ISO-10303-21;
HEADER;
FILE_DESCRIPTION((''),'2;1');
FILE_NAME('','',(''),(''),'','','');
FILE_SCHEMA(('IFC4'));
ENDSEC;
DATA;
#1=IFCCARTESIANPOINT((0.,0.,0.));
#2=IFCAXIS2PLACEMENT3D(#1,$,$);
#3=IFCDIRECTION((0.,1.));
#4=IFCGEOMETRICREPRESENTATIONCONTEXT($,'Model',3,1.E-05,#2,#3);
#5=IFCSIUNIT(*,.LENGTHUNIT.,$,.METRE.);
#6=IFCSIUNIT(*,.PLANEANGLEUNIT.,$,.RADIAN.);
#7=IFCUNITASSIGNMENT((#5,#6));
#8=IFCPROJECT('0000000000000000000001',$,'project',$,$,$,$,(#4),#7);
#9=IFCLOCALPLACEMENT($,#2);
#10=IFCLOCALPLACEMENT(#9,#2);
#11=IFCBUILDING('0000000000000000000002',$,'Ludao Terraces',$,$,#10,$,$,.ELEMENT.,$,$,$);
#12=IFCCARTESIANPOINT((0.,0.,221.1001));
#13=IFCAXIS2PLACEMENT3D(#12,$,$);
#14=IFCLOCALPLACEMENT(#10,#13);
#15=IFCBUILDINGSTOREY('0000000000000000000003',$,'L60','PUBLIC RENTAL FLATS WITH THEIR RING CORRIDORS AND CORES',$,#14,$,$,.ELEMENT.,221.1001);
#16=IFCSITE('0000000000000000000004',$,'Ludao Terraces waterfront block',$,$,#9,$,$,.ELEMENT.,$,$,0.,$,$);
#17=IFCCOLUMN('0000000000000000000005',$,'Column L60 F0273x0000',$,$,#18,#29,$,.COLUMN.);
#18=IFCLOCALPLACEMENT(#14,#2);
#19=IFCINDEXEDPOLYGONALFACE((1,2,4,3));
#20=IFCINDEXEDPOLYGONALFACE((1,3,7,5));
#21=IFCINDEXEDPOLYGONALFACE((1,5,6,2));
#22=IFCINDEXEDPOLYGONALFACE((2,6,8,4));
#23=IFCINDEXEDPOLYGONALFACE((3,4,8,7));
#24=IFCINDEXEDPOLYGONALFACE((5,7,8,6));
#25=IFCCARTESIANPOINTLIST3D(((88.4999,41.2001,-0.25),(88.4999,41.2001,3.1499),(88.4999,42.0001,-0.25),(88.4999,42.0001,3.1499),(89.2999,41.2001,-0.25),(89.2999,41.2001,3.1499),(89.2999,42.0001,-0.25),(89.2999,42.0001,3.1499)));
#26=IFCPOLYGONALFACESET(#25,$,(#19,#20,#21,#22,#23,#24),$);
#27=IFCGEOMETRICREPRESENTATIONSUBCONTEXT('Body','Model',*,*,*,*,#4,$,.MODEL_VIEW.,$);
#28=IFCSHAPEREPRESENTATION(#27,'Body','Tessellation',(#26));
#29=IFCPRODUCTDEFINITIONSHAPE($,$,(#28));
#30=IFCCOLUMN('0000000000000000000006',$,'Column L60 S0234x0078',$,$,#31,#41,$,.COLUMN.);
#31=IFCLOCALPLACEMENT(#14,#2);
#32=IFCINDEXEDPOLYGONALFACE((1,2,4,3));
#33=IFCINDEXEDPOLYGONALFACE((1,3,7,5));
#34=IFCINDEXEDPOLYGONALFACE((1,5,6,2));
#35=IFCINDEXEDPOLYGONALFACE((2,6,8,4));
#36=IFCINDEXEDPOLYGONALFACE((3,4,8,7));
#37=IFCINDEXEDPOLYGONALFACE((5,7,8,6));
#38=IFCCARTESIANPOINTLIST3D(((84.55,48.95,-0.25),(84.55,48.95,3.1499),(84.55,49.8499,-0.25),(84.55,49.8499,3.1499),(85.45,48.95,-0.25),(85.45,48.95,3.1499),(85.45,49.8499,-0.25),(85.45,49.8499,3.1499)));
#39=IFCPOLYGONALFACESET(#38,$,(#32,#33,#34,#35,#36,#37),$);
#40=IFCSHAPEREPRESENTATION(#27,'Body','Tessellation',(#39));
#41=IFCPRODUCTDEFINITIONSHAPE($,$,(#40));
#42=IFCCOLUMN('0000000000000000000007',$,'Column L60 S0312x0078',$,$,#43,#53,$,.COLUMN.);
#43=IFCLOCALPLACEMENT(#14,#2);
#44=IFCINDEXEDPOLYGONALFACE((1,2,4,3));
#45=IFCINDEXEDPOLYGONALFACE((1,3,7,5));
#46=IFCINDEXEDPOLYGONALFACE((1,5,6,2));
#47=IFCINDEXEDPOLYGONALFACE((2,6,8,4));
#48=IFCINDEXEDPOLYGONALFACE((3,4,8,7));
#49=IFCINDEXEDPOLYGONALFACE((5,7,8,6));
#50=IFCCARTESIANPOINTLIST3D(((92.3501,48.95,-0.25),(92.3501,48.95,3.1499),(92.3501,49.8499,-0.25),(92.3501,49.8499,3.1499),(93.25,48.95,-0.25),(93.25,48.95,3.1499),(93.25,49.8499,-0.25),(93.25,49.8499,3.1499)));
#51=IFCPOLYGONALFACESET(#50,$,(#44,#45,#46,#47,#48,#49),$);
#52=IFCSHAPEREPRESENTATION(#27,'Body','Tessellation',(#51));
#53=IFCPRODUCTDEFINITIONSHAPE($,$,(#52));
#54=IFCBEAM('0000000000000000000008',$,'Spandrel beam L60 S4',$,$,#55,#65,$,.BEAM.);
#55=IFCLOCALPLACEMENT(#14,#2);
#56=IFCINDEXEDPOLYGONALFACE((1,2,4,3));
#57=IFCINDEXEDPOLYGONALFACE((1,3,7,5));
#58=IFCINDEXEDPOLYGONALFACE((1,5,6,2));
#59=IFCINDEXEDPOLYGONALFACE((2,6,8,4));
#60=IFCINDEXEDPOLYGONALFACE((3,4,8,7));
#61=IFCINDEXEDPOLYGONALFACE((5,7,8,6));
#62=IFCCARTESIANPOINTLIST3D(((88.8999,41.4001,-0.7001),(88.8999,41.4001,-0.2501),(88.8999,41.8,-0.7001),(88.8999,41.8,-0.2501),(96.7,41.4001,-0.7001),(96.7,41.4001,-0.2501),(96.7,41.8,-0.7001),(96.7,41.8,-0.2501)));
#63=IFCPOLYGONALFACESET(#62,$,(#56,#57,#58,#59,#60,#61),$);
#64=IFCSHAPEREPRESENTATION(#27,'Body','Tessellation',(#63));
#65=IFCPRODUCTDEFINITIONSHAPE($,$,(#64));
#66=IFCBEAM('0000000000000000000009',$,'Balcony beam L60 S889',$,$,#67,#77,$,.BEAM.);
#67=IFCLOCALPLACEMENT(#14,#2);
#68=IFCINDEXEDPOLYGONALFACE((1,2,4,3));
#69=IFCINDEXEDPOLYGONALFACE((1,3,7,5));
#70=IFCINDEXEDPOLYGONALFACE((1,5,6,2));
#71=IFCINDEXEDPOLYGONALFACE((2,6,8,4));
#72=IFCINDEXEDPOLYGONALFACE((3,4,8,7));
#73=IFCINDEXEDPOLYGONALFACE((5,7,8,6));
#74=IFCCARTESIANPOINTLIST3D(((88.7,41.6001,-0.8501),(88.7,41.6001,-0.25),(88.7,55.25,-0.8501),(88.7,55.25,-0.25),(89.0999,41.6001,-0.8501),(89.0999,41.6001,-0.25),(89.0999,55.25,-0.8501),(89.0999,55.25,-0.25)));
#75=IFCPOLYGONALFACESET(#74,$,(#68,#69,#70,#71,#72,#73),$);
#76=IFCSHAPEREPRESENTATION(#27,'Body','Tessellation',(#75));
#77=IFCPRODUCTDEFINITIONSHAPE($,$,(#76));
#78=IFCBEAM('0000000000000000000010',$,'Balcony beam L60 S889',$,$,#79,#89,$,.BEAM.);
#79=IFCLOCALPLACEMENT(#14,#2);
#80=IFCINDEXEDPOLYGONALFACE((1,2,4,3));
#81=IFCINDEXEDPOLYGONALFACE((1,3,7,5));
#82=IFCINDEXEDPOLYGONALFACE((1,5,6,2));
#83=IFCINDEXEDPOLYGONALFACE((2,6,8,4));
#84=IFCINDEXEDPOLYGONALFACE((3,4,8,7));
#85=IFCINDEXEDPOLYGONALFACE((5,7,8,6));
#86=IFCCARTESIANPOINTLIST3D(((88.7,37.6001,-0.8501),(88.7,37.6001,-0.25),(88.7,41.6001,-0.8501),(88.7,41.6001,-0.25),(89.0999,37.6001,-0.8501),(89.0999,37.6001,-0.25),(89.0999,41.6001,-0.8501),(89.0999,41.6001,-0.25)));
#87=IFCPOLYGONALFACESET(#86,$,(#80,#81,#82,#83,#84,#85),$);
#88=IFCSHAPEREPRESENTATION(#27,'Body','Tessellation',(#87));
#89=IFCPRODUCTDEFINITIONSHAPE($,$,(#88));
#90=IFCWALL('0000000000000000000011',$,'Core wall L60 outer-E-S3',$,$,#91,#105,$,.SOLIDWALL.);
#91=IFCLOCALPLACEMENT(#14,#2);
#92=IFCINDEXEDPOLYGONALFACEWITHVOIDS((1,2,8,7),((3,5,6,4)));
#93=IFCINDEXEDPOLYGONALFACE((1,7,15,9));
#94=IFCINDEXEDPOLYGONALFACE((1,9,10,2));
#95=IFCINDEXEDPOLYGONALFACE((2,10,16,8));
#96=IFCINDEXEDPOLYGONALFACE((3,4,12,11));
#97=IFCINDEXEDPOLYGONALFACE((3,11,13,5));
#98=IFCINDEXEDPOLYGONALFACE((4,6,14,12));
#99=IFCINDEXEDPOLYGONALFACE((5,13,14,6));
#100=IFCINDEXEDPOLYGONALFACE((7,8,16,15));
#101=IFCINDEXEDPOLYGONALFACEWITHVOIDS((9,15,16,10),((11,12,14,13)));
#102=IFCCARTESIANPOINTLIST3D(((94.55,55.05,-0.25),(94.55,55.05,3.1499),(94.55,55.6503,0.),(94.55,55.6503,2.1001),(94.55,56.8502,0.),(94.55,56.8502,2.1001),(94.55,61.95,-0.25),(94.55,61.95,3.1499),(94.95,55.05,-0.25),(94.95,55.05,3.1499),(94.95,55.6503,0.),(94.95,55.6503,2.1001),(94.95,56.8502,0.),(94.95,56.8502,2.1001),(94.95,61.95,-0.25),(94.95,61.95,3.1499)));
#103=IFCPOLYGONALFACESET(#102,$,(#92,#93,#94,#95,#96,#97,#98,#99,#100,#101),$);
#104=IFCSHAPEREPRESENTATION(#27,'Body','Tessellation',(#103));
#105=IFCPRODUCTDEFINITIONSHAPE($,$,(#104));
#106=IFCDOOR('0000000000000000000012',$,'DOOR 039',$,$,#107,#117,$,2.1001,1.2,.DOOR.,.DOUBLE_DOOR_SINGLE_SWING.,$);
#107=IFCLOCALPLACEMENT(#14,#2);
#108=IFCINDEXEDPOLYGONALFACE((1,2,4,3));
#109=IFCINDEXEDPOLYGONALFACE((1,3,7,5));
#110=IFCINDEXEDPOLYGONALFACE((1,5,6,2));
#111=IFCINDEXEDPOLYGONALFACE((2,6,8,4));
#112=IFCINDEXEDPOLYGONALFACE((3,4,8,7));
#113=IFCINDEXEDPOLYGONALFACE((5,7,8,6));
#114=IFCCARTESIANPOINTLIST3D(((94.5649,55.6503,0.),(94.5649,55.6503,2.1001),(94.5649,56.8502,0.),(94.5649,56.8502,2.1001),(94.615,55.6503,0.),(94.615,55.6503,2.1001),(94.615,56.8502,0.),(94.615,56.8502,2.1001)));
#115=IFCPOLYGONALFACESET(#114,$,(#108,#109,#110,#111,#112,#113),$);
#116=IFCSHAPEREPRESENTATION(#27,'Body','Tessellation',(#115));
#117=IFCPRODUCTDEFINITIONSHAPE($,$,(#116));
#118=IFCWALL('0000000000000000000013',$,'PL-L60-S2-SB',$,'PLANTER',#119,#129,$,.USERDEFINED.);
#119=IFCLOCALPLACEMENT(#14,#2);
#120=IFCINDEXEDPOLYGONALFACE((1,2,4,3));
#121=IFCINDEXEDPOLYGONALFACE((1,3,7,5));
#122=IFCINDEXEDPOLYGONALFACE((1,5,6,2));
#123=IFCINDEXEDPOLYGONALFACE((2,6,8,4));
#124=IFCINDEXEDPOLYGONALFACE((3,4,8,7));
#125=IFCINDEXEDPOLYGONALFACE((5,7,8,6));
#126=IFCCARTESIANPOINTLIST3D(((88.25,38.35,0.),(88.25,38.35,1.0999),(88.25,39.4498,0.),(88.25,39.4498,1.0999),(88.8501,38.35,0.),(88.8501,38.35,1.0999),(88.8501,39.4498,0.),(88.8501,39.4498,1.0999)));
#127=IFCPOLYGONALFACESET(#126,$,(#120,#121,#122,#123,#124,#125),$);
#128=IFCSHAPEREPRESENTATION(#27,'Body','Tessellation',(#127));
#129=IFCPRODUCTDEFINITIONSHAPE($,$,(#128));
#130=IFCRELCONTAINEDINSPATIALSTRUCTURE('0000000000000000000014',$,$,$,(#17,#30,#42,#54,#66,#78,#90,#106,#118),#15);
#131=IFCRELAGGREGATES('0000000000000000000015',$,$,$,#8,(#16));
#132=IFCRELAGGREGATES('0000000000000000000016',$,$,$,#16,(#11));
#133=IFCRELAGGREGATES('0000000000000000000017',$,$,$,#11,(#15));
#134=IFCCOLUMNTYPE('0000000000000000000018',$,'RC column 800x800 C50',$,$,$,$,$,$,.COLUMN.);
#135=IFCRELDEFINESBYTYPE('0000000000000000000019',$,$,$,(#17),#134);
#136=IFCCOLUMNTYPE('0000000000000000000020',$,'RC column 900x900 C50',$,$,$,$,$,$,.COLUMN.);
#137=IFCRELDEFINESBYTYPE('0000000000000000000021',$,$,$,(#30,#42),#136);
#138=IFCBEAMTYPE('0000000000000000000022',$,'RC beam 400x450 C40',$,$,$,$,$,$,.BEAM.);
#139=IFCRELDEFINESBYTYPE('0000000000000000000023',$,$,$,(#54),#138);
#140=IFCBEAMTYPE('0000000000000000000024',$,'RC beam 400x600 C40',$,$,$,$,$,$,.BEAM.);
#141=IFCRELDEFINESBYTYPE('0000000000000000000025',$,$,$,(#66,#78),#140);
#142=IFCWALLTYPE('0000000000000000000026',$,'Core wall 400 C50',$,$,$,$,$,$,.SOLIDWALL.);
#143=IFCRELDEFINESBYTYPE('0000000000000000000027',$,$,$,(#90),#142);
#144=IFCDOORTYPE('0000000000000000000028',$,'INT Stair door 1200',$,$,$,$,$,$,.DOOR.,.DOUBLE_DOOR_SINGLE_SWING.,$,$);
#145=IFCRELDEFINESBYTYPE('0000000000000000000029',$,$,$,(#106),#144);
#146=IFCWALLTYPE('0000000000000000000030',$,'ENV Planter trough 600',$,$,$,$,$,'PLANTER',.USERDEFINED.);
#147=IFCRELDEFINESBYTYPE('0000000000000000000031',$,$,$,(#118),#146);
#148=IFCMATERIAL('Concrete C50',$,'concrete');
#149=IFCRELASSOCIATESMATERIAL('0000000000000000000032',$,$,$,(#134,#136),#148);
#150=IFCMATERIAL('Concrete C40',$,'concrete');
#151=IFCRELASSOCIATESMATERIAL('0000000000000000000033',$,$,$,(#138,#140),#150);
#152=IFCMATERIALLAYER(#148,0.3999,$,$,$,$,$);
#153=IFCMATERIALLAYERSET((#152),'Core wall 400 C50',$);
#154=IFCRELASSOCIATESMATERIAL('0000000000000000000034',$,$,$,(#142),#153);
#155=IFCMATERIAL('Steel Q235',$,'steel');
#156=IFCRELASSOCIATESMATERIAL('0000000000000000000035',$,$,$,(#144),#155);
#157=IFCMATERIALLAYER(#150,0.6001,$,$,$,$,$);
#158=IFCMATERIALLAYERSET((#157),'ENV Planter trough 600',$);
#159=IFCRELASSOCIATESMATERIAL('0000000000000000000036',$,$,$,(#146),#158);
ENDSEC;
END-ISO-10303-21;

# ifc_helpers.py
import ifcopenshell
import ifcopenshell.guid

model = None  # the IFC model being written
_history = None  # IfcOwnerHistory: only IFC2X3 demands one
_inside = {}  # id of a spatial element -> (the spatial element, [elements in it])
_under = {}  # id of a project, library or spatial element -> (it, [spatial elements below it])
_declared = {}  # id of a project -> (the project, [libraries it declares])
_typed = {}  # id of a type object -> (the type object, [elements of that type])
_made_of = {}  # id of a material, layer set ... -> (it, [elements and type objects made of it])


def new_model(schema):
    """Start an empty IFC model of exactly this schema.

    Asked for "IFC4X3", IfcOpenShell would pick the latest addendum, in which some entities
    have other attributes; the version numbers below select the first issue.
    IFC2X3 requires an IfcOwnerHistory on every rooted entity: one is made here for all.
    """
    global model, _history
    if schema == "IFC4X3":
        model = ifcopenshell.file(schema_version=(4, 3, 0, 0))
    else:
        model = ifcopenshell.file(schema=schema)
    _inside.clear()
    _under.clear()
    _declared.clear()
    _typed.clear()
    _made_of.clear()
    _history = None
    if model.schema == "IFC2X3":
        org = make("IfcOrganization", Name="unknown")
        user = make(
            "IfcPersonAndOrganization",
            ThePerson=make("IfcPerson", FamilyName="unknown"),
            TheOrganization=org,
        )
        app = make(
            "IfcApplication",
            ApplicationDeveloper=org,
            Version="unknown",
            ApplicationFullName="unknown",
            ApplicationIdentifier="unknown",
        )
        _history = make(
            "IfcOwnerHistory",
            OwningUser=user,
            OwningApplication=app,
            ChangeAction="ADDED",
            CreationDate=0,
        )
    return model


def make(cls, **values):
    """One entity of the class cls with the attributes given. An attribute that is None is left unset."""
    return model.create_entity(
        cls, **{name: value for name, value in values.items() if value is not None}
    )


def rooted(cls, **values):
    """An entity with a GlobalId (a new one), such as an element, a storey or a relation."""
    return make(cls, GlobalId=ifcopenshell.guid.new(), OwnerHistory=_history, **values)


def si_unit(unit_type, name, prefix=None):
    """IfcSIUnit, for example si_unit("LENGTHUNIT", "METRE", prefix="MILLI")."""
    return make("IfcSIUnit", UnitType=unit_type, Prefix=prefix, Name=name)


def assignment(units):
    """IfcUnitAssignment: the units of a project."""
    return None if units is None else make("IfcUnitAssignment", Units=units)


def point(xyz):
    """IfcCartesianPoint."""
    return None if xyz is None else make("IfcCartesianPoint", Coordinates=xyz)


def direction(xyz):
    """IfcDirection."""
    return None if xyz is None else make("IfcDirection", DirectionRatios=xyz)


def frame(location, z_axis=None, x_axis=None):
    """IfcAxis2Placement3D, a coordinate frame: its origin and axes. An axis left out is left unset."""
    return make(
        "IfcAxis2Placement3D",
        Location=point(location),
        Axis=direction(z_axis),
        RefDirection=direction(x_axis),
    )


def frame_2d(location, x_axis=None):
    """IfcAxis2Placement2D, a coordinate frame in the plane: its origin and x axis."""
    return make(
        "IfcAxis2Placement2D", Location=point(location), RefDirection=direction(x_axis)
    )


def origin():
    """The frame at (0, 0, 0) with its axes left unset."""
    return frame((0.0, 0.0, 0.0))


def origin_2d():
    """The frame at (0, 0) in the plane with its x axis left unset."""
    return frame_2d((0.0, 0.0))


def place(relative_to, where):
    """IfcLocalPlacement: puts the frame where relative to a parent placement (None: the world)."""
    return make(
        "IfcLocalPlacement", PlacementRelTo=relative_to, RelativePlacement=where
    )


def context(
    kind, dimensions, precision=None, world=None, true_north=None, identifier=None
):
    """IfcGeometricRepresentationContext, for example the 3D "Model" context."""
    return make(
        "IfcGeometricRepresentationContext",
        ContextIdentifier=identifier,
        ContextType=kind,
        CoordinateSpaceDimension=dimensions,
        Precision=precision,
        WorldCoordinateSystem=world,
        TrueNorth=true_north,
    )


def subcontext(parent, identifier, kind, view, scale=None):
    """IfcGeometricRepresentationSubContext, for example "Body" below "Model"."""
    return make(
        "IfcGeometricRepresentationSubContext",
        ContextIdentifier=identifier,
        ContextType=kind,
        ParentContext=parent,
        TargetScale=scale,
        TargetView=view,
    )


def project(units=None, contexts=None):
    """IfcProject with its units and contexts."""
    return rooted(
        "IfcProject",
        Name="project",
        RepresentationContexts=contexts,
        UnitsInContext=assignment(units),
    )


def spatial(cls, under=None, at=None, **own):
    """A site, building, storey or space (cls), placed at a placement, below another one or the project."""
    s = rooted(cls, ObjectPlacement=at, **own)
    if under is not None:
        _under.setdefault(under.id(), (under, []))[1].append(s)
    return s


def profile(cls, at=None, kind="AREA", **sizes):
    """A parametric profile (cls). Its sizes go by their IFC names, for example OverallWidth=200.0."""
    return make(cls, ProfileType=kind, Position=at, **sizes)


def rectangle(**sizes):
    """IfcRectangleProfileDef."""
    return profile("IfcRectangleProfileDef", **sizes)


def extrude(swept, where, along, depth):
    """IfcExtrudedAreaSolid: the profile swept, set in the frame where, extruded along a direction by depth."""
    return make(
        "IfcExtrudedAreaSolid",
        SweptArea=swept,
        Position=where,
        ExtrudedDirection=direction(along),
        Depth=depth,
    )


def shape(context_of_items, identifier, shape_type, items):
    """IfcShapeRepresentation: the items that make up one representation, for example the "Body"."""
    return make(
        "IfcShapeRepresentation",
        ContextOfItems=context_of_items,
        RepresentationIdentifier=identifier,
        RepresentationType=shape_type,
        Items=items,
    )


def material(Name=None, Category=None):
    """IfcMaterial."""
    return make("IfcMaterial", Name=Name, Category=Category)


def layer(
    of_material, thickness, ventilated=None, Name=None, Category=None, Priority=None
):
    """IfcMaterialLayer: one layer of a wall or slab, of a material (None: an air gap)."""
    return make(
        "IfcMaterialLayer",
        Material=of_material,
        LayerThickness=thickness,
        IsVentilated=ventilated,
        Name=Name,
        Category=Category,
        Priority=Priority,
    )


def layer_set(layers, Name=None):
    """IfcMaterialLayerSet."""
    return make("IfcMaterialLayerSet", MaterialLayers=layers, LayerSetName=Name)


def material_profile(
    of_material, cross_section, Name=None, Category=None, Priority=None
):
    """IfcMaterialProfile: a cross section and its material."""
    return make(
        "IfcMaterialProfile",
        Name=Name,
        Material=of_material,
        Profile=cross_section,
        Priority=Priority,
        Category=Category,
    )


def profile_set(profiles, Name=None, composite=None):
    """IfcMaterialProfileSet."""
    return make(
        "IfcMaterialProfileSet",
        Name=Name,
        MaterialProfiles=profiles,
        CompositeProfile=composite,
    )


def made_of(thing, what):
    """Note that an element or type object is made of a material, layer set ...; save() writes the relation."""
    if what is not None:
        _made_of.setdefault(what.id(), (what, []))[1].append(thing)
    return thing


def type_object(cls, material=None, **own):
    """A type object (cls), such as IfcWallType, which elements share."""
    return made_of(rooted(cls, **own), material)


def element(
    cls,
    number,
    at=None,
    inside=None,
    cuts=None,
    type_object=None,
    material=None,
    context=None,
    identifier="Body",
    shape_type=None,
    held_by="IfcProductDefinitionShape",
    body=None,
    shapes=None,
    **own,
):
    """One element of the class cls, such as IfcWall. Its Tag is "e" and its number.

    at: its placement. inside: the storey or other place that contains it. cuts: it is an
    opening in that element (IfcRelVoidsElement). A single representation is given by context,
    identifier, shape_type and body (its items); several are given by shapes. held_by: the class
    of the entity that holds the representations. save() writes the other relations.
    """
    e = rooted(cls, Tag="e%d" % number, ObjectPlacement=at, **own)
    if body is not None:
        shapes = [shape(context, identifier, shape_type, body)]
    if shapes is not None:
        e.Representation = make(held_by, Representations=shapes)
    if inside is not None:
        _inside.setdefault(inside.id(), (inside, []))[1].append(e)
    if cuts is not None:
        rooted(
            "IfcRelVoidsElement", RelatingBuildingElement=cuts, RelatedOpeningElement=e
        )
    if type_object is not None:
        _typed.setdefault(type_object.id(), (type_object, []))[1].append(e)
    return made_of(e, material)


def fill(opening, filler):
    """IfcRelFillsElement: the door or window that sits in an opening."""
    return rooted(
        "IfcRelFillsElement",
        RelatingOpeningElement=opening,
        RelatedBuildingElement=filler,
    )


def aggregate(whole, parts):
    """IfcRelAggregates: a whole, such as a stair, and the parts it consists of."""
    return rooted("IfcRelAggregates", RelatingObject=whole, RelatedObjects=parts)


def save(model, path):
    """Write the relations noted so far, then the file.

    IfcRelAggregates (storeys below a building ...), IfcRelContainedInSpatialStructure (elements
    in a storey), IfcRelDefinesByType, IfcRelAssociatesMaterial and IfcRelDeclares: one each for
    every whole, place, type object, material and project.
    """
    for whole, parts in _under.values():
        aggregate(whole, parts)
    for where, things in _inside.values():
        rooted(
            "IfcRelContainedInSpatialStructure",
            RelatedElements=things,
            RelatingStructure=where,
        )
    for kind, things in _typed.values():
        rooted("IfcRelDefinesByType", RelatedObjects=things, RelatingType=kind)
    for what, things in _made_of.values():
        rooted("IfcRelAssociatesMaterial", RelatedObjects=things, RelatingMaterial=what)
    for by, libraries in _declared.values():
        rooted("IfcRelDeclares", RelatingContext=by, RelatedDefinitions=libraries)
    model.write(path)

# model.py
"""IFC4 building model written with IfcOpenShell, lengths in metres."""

from ifc_helpers import new_model, si_unit, direction, frame, frame_2d, origin, origin_2d, place, context, subcontext, project, spatial, rectangle, extrude, material, layer, layer_set, material_profile, profile_set, type_object, element, fill, save


model = new_model("IFC4")

# Units and contexts
model_context = context("Model", 3, precision=1e-05, world=origin(), true_north=direction((0.0, 1.0)))
body_context = subcontext(model_context, "Body", "Model", "MODEL_VIEW")
ifc_project = project(units=[si_unit("LENGTHUNIT", "METRE"), si_unit("PLANEANGLEUNIT", "RADIAN")], contexts=[model_context])

# Site, building, storey
site_placement = place(None, origin())
site = spatial("IfcSite", under=ifc_project, at=site_placement, Name="Ludao Terraces waterfront block", CompositionType="ELEMENT", RefElevation=0.0)
building_placement = place(site_placement, origin())
building = spatial("IfcBuilding", under=site, at=building_placement, Name="Ludao Terraces", CompositionType="ELEMENT")
storey_placement = place(building_placement, frame((0.0, 0.0, 221.1001)))
storey = spatial("IfcBuildingStorey", under=building, at=storey_placement, Name="L60", Description="PUBLIC RENTAL FLATS WITH THEIR RING CORRIDORS AND CORES", CompositionType="ELEMENT", Elevation=221.1001)

# Columns
ifc_material_1 = material(Name="Concrete C50", Category="concrete")
ifc_material_profile_1 = material_profile(ifc_material_1, rectangle(XDim=0.8, YDim=0.8, at=origin_2d()), Name="800 X 800")
ifc_profile_set_1 = profile_set([ifc_material_profile_1], Name="Concrete C50")
column_type_1 = type_object("IfcColumnType", Name="RC column 800x800 C50", PredefinedType="COLUMN", material=ifc_profile_set_1)
column_placement = place(storey_placement, frame((88.8999, 41.6001, -0.25), z_axis=(0.0, 0.0, 1.0), x_axis=(1.0, 0.0, 0.0)))
element("IfcColumn", 1, at=column_placement, inside=storey, type_object=column_type_1, Name="Column L60 F0273x0000", PredefinedType="COLUMN", context=body_context, shape_type="SweptSolid", body=[
    extrude(rectangle(XDim=0.8, YDim=0.8, at=origin_2d()), origin(), (0.0, 0.0, 1.0), 3.3999),
])
ifc_material_profile_2 = material_profile(ifc_material_1, rectangle(XDim=0.8999, YDim=0.8999, at=origin_2d()), Name="900 X 900")
ifc_profile_set_2 = profile_set([ifc_material_profile_2], Name="Concrete C50")
column_type_2 = type_object("IfcColumnType", Name="RC column 900x900 C50", PredefinedType="COLUMN", material=ifc_profile_set_2)
for number, where, z_axis, x_axis, name in (
    (2, (85.0, 49.3999, -0.25), (0.0, 0.0, 1.0), (1.0, 0.0, 0.0), "Column L60 S0234x0078"),
    (3, (92.8, 49.3999, -0.25), (0.0, 0.0, 1.0), (1.0, 0.0, 0.0), "Column L60 S0312x0078"),
):
    element("IfcColumn", number, at=place(storey_placement, frame(where, z_axis=z_axis, x_axis=x_axis)), inside=storey, type_object=column_type_2, Name=name, PredefinedType="COLUMN", context=body_context, shape_type="SweptSolid", body=[
        extrude(rectangle(XDim=0.8999, YDim=0.8999, at=origin_2d()), origin(), (0.0, 0.0, 1.0), 3.3999),
    ])

# Beams
ifc_material_2 = material(Name="Concrete C40", Category="concrete")
ifc_material_profile_3 = material_profile(ifc_material_2, rectangle(XDim=0.3999, YDim=0.45, at=origin_2d()), Name="400 X 450")
ifc_profile_set_3 = profile_set([ifc_material_profile_3], Name="Concrete C40")
beam_type_1 = type_object("IfcBeamType", Name="RC beam 400x450 C40", PredefinedType="BEAM", material=ifc_profile_set_3)
beam_1_placement = place(storey_placement, frame((88.8999, 41.6001, -0.4751), z_axis=(1.0, 0.0, 0.0), x_axis=(0.0, 1.0, 0.0)))
element("IfcBeam", 4, at=beam_1_placement, inside=storey, type_object=beam_type_1, Name="Spandrel beam L60 S4", PredefinedType="BEAM", context=body_context, shape_type="SweptSolid", body=[
    extrude(rectangle(XDim=0.3999, YDim=0.45, at=origin_2d()), origin(), (0.0, 0.0, 1.0), 7.8),
])
ifc_material_profile_4 = material_profile(ifc_material_2, rectangle(XDim=0.3999, YDim=0.6001, at=origin_2d()), Name="400 X 600")
ifc_profile_set_4 = profile_set([ifc_material_profile_4], Name="Concrete C40")
beam_type_2 = type_object("IfcBeamType", Name="RC beam 400x600 C40", PredefinedType="BEAM", material=ifc_profile_set_4)
beam_2_placement = place(storey_placement, frame((88.8999, 55.25, -0.55), z_axis=(0.0, -1.0, 0.0), x_axis=(1.0, 0.0, 0.0)))
element("IfcBeam", 5, at=beam_2_placement, inside=storey, type_object=beam_type_2, Name="Balcony beam L60 S889", PredefinedType="BEAM", context=body_context, shape_type="SweptSolid", body=[
    extrude(rectangle(XDim=0.3999, YDim=0.6001, at=origin_2d()), origin(), (0.0, 0.0, 1.0), 13.6499),
])
beam_3_placement = place(storey_placement, frame((88.8999, 41.6001, -0.55), z_axis=(0.0, -1.0, 0.0), x_axis=(1.0, 0.0, 0.0)))
element("IfcBeam", 6, at=beam_3_placement, inside=storey, type_object=beam_type_2, Name="Balcony beam L60 S889", PredefinedType="BEAM", context=body_context, shape_type="SweptSolid", body=[
    extrude(rectangle(XDim=0.3999, YDim=0.6001, at=origin_2d()), origin(), (0.0, 0.0, 1.0), 4.0),
])

# Wall, opening, door
ifc_layer_1 = layer(ifc_material_1, 0.3999)
ifc_layer_set_1 = layer_set([ifc_layer_1], Name="Core wall 400 C50")
wall_type_1 = type_object("IfcWallType", Name="Core wall 400 C50", PredefinedType="SOLIDWALL", material=ifc_layer_set_1)
wall_1_placement = place(storey_placement, frame((94.75, 55.05, -0.25), z_axis=(0.0, 0.0, 1.0), x_axis=(0.0, 1.0, 0.0)))
wall_1 = element("IfcWall", 7, at=wall_1_placement, inside=storey, type_object=wall_type_1, Name="Core wall L60 outer-E-S3", PredefinedType="SOLIDWALL", context=body_context, shape_type="SweptSolid", body=[
    extrude(rectangle(XDim=6.8999, YDim=0.3999, at=frame_2d((3.45, 0.0))), origin(), (0.0, 0.0, 1.0), 3.3999),
])
opening_1_placement = place(wall_1_placement, frame((0.6001, 0.0, 0.25)))
opening_1 = element("IfcOpeningElement", 8, at=opening_1_placement, cuts=wall_1, PredefinedType="OPENING", context=body_context, shape_type="SweptSolid", body=[
    extrude(rectangle(XDim=1.2, YDim=2.1001, at=frame_2d((0.6001, 1.05))), frame((0.0, 0.21, 0.0), z_axis=(0.0, -1.0, 0.0), x_axis=(1.0, 0.0, 0.0)), (0.0, 0.0, 1.0), 0.4199),
])
ifc_material_3 = material(Name="Steel Q235", Category="steel")
door_type_1 = type_object("IfcDoorType", Name="INT Stair door 1200", OperationType="DOUBLE_DOOR_SINGLE_SWING", PredefinedType="DOOR", material=ifc_material_3)
door_1_placement = place(opening_1_placement, origin())
door_1 = element("IfcDoor", 9, at=door_1_placement, inside=storey, type_object=door_type_1, Name="DOOR 039", OperationType="DOUBLE_DOOR_SINGLE_SWING", OverallHeight=2.1001, OverallWidth=1.2, PredefinedType="DOOR", context=body_context, shape_type="SweptSolid", body=[
    extrude(rectangle(XDim=1.2, YDim=2.1001, at=frame_2d((0.6001, 1.05))), frame((0.0, 0.1851, 0.0), z_axis=(0.0, -1.0, 0.0), x_axis=(1.0, 0.0, 0.0)), (0.0, 0.0, 1.0), 0.05),
])
fill(opening_1, door_1)

# Wall
ifc_layer_2 = layer(ifc_material_2, 0.6001)
ifc_layer_set_2 = layer_set([ifc_layer_2], Name="ENV Planter trough 600")
wall_type_2 = type_object("IfcWallType", Name="ENV Planter trough 600", ElementType="PLANTER", PredefinedType="USERDEFINED", material=ifc_layer_set_2)
wall_2_placement = place(storey_placement, frame((88.55, 38.3501, 0.0), z_axis=(0.0, 0.0, 1.0), x_axis=(0.0, 1.0, 0.0)))
element("IfcWall", 10, at=wall_2_placement, inside=storey, type_object=wall_type_2, Name="PL-L60-S2-SB", ObjectType="PLANTER", PredefinedType="USERDEFINED", context=body_context, shape_type="SweptSolid", body=[
    extrude(rectangle(XDim=1.0999, YDim=0.6001, at=frame_2d((0.5498, 0.0))), origin(), (0.0, 0.0, 1.0), 1.0999),
])

save(model, "model.ifc")
